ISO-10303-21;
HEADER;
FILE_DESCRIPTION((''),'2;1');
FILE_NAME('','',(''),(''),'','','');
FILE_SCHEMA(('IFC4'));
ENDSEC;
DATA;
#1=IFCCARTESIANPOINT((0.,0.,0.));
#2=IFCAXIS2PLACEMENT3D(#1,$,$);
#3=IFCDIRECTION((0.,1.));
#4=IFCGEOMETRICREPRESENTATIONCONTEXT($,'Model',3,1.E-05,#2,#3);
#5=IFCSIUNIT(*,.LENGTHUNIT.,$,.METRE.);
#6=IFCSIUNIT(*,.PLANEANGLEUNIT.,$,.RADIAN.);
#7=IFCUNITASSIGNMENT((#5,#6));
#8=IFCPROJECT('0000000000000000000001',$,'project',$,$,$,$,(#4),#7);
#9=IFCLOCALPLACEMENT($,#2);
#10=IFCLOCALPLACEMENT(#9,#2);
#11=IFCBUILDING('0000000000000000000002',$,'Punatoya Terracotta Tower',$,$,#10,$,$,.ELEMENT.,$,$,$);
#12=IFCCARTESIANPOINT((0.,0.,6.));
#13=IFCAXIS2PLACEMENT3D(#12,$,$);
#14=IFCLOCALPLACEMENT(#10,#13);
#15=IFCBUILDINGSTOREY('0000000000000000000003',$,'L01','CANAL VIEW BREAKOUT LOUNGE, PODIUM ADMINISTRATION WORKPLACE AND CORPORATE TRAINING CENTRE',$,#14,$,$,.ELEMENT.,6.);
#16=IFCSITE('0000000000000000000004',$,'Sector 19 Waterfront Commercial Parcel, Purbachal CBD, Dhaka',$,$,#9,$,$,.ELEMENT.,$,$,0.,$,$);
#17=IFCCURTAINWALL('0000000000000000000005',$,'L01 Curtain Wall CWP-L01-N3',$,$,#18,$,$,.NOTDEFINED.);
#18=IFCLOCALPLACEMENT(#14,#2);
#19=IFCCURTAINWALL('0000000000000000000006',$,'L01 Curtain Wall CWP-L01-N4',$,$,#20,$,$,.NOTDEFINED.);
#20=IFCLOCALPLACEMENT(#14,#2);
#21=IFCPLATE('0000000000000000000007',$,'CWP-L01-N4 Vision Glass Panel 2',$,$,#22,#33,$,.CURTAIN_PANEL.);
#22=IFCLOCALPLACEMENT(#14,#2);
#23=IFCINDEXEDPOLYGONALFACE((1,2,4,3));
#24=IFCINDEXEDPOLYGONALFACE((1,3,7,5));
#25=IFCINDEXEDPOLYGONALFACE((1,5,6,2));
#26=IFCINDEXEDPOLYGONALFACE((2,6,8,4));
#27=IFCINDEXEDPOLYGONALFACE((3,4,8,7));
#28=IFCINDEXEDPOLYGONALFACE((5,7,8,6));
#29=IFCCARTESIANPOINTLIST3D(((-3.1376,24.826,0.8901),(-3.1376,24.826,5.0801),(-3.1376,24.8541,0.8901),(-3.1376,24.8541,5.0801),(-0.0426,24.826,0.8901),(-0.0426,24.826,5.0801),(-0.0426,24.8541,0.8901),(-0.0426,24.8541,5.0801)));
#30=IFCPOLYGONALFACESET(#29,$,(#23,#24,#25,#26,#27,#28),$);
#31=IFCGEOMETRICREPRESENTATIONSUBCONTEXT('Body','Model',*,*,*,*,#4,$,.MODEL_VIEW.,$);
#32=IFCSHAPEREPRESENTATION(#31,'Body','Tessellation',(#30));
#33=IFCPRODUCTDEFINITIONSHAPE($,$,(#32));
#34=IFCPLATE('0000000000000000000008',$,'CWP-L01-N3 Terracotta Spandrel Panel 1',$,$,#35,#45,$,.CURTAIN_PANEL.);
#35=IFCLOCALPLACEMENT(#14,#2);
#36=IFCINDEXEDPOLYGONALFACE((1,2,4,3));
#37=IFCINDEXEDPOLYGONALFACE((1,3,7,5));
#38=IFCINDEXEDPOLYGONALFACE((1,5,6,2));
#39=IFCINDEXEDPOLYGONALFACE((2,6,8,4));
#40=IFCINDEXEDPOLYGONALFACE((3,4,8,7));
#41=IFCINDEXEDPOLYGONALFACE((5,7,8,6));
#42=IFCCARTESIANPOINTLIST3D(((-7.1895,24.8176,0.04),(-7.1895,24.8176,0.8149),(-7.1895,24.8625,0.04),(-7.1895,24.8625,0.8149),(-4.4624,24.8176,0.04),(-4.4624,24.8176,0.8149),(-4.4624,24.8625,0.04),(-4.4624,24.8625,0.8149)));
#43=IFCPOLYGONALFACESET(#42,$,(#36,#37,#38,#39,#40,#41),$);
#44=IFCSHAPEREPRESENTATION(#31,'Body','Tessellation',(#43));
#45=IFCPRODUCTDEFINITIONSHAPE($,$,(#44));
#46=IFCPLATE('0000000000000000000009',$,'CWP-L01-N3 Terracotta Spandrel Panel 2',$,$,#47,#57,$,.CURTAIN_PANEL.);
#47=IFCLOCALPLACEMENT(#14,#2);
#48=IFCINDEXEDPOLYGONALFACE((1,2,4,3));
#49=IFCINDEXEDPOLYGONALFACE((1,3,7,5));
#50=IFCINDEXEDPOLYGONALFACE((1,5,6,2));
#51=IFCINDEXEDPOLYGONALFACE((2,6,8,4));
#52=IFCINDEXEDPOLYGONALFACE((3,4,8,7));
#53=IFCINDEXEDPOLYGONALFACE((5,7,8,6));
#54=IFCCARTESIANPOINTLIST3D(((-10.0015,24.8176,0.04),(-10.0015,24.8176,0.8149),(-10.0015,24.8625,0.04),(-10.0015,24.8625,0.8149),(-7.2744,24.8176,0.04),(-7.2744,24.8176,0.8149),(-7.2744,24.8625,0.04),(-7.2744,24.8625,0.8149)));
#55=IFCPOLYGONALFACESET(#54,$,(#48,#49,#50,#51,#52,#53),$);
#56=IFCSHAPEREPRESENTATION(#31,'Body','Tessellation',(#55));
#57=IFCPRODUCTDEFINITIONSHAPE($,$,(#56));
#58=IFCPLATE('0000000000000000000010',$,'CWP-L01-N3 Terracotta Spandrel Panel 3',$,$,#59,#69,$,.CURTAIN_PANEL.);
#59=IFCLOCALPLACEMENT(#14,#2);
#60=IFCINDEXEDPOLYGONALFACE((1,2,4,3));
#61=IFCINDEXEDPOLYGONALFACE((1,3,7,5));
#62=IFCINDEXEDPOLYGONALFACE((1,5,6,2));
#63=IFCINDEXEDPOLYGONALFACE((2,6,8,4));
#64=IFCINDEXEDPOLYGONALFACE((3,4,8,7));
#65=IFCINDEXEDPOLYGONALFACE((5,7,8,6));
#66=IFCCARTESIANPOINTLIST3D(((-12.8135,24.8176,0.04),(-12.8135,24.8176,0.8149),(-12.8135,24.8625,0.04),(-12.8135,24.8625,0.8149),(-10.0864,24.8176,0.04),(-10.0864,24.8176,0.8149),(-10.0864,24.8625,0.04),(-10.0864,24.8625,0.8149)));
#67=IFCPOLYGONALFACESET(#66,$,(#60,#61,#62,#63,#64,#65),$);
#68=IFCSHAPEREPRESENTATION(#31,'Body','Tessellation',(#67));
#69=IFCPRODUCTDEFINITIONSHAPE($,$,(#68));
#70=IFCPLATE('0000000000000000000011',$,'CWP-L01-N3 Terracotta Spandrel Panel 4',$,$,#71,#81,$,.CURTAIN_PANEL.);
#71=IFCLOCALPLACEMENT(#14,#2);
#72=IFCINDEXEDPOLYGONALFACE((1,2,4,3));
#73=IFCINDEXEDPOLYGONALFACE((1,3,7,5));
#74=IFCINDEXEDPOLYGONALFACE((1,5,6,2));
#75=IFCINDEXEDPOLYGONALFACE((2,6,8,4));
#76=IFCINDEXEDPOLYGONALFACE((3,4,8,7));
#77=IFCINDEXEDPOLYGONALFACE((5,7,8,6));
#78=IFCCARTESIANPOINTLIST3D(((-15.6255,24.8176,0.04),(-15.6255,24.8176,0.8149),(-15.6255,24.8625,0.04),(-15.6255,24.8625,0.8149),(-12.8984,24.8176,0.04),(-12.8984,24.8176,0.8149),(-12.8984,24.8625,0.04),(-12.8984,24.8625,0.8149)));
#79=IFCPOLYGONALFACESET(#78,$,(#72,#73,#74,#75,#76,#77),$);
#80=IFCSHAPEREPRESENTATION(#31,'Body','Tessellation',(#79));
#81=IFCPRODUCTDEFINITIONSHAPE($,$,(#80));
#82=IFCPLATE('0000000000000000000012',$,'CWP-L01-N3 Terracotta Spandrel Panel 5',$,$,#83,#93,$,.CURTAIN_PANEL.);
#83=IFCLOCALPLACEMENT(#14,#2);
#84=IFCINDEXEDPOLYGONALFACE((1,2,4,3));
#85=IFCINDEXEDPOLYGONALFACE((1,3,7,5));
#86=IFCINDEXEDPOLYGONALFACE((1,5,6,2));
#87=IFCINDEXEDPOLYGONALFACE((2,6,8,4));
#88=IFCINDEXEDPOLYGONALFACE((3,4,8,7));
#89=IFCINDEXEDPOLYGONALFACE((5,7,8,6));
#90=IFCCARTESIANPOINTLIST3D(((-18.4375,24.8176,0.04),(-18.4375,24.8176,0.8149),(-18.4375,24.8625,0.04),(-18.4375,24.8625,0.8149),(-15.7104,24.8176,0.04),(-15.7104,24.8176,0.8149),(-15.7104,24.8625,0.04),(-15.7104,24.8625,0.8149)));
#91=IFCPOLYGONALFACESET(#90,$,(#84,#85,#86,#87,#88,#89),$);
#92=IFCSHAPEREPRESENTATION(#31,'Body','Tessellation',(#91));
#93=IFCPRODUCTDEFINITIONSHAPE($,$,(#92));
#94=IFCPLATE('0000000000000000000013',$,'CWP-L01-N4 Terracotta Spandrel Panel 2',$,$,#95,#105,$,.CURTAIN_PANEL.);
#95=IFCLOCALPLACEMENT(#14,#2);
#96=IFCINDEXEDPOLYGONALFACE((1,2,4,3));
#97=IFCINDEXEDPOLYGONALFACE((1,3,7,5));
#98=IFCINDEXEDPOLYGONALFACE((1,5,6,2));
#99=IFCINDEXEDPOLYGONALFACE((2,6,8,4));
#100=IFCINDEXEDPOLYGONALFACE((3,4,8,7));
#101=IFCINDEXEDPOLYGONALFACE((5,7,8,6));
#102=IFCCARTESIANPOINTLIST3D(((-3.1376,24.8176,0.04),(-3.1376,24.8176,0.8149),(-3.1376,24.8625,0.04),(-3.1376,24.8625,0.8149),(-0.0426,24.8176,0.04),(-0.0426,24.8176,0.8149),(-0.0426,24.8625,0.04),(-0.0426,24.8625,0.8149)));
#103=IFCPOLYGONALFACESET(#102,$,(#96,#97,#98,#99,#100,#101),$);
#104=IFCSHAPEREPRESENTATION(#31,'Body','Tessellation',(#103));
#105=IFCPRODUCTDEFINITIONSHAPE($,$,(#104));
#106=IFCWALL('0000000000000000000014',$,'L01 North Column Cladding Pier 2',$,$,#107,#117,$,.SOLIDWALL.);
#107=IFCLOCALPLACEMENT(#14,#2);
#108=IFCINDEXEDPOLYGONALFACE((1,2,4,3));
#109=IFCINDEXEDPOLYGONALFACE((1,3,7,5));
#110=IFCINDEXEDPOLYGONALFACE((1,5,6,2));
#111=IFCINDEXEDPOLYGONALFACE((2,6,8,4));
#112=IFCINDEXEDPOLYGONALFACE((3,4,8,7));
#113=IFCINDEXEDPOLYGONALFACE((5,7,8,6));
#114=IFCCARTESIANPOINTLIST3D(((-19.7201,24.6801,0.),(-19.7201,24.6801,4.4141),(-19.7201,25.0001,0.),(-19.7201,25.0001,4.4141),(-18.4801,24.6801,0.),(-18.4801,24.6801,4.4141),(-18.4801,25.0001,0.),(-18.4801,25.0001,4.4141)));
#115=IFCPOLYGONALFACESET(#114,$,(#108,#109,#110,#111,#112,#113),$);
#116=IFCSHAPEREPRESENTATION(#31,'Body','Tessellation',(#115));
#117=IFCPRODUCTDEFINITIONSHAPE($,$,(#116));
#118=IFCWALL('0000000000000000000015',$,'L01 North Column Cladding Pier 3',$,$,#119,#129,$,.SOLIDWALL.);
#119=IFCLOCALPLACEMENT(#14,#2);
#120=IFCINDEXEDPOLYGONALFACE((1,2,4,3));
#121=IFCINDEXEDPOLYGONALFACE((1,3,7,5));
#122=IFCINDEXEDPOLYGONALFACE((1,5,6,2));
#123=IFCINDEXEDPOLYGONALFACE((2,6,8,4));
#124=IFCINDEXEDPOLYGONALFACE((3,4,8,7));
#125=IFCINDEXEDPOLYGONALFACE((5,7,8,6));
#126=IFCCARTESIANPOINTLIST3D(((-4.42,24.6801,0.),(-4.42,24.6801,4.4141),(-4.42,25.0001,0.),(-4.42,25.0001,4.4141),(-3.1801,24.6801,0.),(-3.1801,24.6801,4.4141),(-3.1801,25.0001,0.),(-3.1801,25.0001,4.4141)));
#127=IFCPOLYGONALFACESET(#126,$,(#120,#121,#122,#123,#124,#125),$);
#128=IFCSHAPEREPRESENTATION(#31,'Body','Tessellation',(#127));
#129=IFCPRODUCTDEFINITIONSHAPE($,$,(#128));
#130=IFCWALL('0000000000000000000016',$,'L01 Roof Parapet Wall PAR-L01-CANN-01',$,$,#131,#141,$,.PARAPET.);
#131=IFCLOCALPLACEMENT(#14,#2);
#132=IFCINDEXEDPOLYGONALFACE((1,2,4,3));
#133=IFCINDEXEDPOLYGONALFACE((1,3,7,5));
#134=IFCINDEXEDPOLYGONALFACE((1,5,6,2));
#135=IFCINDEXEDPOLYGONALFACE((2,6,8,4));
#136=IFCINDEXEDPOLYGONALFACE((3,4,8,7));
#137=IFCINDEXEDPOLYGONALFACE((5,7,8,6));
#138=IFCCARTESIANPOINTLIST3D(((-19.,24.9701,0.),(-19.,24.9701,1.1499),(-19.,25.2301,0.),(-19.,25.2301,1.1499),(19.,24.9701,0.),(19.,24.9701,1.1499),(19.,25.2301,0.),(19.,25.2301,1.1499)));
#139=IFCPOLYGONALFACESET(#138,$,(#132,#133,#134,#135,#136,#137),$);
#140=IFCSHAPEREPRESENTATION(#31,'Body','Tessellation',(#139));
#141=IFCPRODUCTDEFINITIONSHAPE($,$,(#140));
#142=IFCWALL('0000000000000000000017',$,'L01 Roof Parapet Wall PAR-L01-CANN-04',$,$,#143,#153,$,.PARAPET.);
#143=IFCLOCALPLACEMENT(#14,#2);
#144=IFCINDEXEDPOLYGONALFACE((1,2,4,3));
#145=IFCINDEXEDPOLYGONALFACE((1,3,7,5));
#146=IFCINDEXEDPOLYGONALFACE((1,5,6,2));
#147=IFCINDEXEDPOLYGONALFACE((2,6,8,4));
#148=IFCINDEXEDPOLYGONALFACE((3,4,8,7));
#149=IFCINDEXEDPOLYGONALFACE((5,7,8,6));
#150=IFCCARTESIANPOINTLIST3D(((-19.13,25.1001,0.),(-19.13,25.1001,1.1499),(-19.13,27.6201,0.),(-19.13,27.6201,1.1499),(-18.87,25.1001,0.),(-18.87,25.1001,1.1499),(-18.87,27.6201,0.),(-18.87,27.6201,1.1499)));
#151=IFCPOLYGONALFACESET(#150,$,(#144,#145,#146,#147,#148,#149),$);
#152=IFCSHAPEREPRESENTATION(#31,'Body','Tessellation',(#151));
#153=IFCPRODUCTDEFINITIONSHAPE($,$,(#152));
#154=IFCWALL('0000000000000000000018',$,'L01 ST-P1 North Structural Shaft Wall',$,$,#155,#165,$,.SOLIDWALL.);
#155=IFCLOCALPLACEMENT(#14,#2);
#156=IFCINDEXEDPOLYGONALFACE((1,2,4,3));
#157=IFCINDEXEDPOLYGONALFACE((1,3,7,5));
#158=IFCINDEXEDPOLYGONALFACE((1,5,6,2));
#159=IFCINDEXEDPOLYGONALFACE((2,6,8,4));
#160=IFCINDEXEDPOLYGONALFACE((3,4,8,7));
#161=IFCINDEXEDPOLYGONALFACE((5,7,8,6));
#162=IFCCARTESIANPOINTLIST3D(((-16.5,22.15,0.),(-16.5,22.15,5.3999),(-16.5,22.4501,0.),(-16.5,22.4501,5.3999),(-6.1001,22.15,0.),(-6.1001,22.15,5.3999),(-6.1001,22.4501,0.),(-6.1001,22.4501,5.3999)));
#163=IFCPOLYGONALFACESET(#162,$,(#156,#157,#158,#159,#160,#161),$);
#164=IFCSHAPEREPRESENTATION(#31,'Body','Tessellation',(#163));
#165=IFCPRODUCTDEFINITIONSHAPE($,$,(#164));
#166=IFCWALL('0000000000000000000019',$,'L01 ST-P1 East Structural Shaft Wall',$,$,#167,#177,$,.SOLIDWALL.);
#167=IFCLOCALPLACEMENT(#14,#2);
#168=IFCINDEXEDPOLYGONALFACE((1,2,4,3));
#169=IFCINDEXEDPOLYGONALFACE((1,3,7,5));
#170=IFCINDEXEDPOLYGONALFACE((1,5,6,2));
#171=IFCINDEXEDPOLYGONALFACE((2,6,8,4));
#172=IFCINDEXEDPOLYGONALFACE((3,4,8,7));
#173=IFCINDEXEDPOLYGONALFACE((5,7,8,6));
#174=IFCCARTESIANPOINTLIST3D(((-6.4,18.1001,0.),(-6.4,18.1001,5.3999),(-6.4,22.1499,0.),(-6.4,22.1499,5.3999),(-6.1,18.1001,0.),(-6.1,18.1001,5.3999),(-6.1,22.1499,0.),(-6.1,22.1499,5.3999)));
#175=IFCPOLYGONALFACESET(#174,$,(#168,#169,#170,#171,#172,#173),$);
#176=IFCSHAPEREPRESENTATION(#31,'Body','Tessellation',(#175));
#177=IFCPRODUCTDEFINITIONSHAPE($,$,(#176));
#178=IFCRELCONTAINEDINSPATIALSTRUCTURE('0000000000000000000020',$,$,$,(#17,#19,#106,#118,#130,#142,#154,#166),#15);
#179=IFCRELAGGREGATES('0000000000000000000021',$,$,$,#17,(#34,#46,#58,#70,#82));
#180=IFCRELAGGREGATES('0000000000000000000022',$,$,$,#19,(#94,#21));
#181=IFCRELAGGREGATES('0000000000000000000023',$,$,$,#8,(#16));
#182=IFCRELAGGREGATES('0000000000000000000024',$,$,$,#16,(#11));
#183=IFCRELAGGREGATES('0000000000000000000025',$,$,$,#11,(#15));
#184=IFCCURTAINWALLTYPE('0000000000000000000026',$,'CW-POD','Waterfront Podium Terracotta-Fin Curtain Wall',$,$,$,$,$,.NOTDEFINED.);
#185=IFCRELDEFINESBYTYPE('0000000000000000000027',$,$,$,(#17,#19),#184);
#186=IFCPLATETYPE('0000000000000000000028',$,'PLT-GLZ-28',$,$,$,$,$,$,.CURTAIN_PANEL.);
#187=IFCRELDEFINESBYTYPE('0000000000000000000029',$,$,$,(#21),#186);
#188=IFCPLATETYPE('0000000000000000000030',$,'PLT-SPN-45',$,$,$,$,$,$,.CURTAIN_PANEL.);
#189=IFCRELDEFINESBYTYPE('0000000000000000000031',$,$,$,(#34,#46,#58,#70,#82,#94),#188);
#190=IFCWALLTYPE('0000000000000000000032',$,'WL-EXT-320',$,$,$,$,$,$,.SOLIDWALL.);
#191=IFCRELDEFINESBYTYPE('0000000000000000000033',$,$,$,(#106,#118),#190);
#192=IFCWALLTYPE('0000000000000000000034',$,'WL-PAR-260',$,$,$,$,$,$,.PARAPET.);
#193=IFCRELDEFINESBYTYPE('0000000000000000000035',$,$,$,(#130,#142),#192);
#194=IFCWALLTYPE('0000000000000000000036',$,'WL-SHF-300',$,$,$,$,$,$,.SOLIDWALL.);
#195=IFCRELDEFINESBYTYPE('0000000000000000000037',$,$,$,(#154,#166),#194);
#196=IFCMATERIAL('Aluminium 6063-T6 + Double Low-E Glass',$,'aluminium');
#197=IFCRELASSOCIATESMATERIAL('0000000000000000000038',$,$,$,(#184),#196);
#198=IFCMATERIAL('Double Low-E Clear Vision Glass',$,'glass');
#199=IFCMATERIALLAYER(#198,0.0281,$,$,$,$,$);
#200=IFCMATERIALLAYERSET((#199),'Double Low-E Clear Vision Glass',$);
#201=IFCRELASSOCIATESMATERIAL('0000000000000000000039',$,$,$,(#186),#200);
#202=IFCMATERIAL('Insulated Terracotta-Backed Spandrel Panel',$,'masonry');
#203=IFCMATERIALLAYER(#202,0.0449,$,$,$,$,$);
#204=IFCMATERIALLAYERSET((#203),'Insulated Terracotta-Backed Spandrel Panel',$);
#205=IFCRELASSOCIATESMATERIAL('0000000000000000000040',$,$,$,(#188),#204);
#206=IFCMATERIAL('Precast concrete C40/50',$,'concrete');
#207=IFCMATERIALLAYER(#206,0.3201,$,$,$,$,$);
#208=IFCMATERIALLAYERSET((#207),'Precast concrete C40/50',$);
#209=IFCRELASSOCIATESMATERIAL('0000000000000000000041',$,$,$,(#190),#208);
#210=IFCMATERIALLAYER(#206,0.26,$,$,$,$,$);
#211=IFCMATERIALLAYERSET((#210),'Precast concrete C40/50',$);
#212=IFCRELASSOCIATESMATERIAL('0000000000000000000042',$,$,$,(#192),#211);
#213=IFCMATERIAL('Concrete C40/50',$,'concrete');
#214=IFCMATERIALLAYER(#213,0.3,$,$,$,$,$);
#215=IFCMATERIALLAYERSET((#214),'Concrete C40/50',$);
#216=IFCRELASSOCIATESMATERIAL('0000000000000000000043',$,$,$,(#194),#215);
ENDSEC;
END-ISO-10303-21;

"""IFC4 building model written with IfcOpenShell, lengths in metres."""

from ifc_helpers import new_model, si_unit, direction, frame, frame_2d, origin, origin_2d, place, context, subcontext, project, spatial, rectangle, extrude, material, layer, layer_set, type_object, element, aggregate, save


model = new_model("IFC4")

# Units and contexts
model_context = context("Model", 3, precision=1e-05, world=origin(), true_north=direction((0.0, 1.0)))
body_context = subcontext(model_context, "Body", "Model", "MODEL_VIEW")
ifc_project = project(units=[si_unit("LENGTHUNIT", "METRE"), si_unit("PLANEANGLEUNIT", "RADIAN")], contexts=[model_context])

# Site, building, storey
site_placement = place(None, origin())
site = spatial("IfcSite", under=ifc_project, at=site_placement, Name="Sector 19 Waterfront Commercial Parcel, Purbachal CBD, Dhaka", CompositionType="ELEMENT", RefElevation=0.0)
building_placement = place(site_placement, origin())
building = spatial("IfcBuilding", under=site, at=building_placement, Name="Punatoya Terracotta Tower", CompositionType="ELEMENT")
storey_placement = place(building_placement, frame((0.0, 0.0, 6.0)))
storey = spatial("IfcBuildingStorey", under=building, at=storey_placement, Name="L01", Description="CANAL VIEW BREAKOUT LOUNGE, PODIUM ADMINISTRATION WORKPLACE AND CORPORATE TRAINING CENTRE", CompositionType="ELEMENT", Elevation=6.0)

# Curtain wall
ifc_material_1 = material(Name="Aluminium 6063-T6 + Double Low-E Glass", Category="aluminium")
curtain_wall_type = type_object("IfcCurtainWallType", Name="CW-POD", Description="Waterfront Podium Terracotta-Fin Curtain Wall", PredefinedType="NOTDEFINED", material=ifc_material_1)
curtain_wall_1_placement = place(storey_placement, origin())
curtain_wall_1 = element("IfcCurtainWall", 1, at=curtain_wall_1_placement, inside=storey, type_object=curtain_wall_type, Name="L01 Curtain Wall CWP-L01-N3", PredefinedType="NOTDEFINED")

# Curtain wall
curtain_wall_2_placement = place(storey_placement, origin())
curtain_wall_2 = element("IfcCurtainWall", 2, at=curtain_wall_2_placement, inside=storey, type_object=curtain_wall_type, Name="L01 Curtain Wall CWP-L01-N4", PredefinedType="NOTDEFINED")

# Plates
ifc_material_2 = material(Name="Double Low-E Clear Vision Glass", Category="glass")
ifc_layer_1 = layer(ifc_material_2, 0.0281)
ifc_layer_set_1 = layer_set([ifc_layer_1], Name="Double Low-E Clear Vision Glass")
plate_type_1 = type_object("IfcPlateType", Name="PLT-GLZ-28", PredefinedType="CURTAIN_PANEL", material=ifc_layer_set_1)
plate_1_placement = place(storey_placement, frame((-1.5901, 24.8401, 0.8901), z_axis=(0.0, 0.0, 1.0), x_axis=(-1.0, 0.0, 0.0)))
plate_1 = element("IfcPlate", 3, at=plate_1_placement, type_object=plate_type_1, Name="CWP-L01-N4 Vision Glass Panel 2", PredefinedType="CURTAIN_PANEL", context=body_context, shape_type="SweptSolid", body=[
    extrude(rectangle(XDim=3.095, YDim=0.0281, at=origin_2d()), origin(), (0.0, 0.0, 1.0), 4.1899),
])
ifc_material_3 = material(Name="Insulated Terracotta-Backed Spandrel Panel", Category="masonry")
ifc_layer_2 = layer(ifc_material_3, 0.0449)
ifc_layer_set_2 = layer_set([ifc_layer_2], Name="Insulated Terracotta-Backed Spandrel Panel")
plate_type_2 = type_object("IfcPlateType", Name="PLT-SPN-45", PredefinedType="CURTAIN_PANEL", material=ifc_layer_set_2)
plate_2_placement = place(storey_placement, frame((-5.8259, 24.8401, 0.04), z_axis=(0.0, 0.0, 1.0), x_axis=(-1.0, 0.0, 0.0)))
plate_2 = element("IfcPlate", 4, at=plate_2_placement, type_object=plate_type_2, Name="CWP-L01-N3 Terracotta Spandrel Panel 1", PredefinedType="CURTAIN_PANEL", context=body_context, shape_type="SweptSolid", body=[
    extrude(rectangle(XDim=2.7271, YDim=0.0449, at=origin_2d()), origin(), (0.0, 0.0, 1.0), 0.7749),
])
plate_3_placement = place(storey_placement, frame((-8.6379, 24.8401, 0.04), z_axis=(0.0, 0.0, 1.0), x_axis=(-1.0, 0.0, 0.0)))
plate_3 = element("IfcPlate", 5, at=plate_3_placement, type_object=plate_type_2, Name="CWP-L01-N3 Terracotta Spandrel Panel 2", PredefinedType="CURTAIN_PANEL", context=body_context, shape_type="SweptSolid", body=[
    extrude(rectangle(XDim=2.7271, YDim=0.0449, at=origin_2d()), origin(), (0.0, 0.0, 1.0), 0.7749),
])
plate_4_placement = place(storey_placement, frame((-11.45, 24.8401, 0.04), z_axis=(0.0, 0.0, 1.0), x_axis=(-1.0, 0.0, 0.0)))
plate_4 = element("IfcPlate", 6, at=plate_4_placement, type_object=plate_type_2, Name="CWP-L01-N3 Terracotta Spandrel Panel 3", PredefinedType="CURTAIN_PANEL", context=body_context, shape_type="SweptSolid", body=[
    extrude(rectangle(XDim=2.7271, YDim=0.0449, at=origin_2d()), origin(), (0.0, 0.0, 1.0), 0.7749),
])
plate_5_placement = place(storey_placement, frame((-14.262, 24.8401, 0.04), z_axis=(0.0, 0.0, 1.0), x_axis=(-1.0, 0.0, 0.0)))
plate_5 = element("IfcPlate", 7, at=plate_5_placement, type_object=plate_type_2, Name="CWP-L01-N3 Terracotta Spandrel Panel 4", PredefinedType="CURTAIN_PANEL", context=body_context, shape_type="SweptSolid", body=[
    extrude(rectangle(XDim=2.7271, YDim=0.0449, at=origin_2d()), origin(), (0.0, 0.0, 1.0), 0.7749),
])
plate_6_placement = place(storey_placement, frame((-17.074, 24.8401, 0.04), z_axis=(0.0, 0.0, 1.0), x_axis=(-1.0, 0.0, 0.0)))
plate_6 = element("IfcPlate", 8, at=plate_6_placement, type_object=plate_type_2, Name="CWP-L01-N3 Terracotta Spandrel Panel 5", PredefinedType="CURTAIN_PANEL", context=body_context, shape_type="SweptSolid", body=[
    extrude(rectangle(XDim=2.7271, YDim=0.0449, at=origin_2d()), origin(), (0.0, 0.0, 1.0), 0.7749),
])
aggregate(curtain_wall_1, [plate_2, plate_3, plate_4, plate_5, plate_6])
plate_7_placement = place(storey_placement, frame((-1.5901, 24.8401, 0.04), z_axis=(0.0, 0.0, 1.0), x_axis=(-1.0, 0.0, 0.0)))
plate_7 = element("IfcPlate", 9, at=plate_7_placement, type_object=plate_type_2, Name="CWP-L01-N4 Terracotta Spandrel Panel 2", PredefinedType="CURTAIN_PANEL", context=body_context, shape_type="SweptSolid", body=[
    extrude(rectangle(XDim=3.095, YDim=0.0449, at=origin_2d()), origin(), (0.0, 0.0, 1.0), 0.7749),
])
aggregate(curtain_wall_2, [plate_7, plate_1])

# Walls
ifc_material_4 = material(Name="Precast concrete C40/50", Category="concrete")
ifc_layer_3 = layer(ifc_material_4, 0.3201)
ifc_layer_set_3 = layer_set([ifc_layer_3], Name="Precast concrete C40/50")
wall_type_1 = type_object("IfcWallType", Name="WL-EXT-320", PredefinedType="SOLIDWALL", material=ifc_layer_set_3)
for number, where, z_axis, x_axis, name in (
    (10, (-18.48, 24.8401, 0.0), (0.0, 0.0, 1.0), (-1.0, 0.0, 0.0), "L01 North Column Cladding Pier 2"),
    (11, (-3.1799, 24.8401, 0.0), (0.0, 0.0, 1.0), (-1.0, 0.0, 0.0), "L01 North Column Cladding Pier 3"),
):
    element("IfcWall", number, at=place(storey_placement, frame(where, z_axis=z_axis, x_axis=x_axis)), inside=storey, type_object=wall_type_1, Name=name, PredefinedType="SOLIDWALL", context=body_context, shape_type="SweptSolid", body=[
        extrude(rectangle(XDim=1.24, YDim=0.3201, at=frame_2d((0.6201, 0.0))), origin(), (0.0, 0.0, 1.0), 4.4141),
    ])
ifc_layer_4 = layer(ifc_material_4, 0.26)
ifc_layer_set_4 = layer_set([ifc_layer_4], Name="Precast concrete C40/50")
wall_type_2 = type_object("IfcWallType", Name="WL-PAR-260", PredefinedType="PARAPET", material=ifc_layer_set_4)
wall_1_placement = place(storey_placement, frame((-19.0, 25.1001, 0.0), z_axis=(0.0, 0.0, 1.0), x_axis=(1.0, 0.0, 0.0)))
element("IfcWall", 12, at=wall_1_placement, inside=storey, type_object=wall_type_2, Name="L01 Roof Parapet Wall PAR-L01-CANN-01", PredefinedType="PARAPET", context=body_context, shape_type="SweptSolid", body=[
    extrude(rectangle(XDim=38.0, YDim=0.26, at=frame_2d((19.0, 0.0))), origin(), (0.0, 0.0, 1.0), 1.1499),
])
wall_2_placement = place(storey_placement, frame((-19.0, 27.6201, 0.0), z_axis=(0.0, 0.0, 1.0), x_axis=(0.0, -1.0, 0.0)))
element("IfcWall", 13, at=wall_2_placement, inside=storey, type_object=wall_type_2, Name="L01 Roof Parapet Wall PAR-L01-CANN-04", PredefinedType="PARAPET", context=body_context, shape_type="SweptSolid", body=[
    extrude(rectangle(XDim=2.52, YDim=0.26, at=frame_2d((1.26, 0.0))), origin(), (0.0, 0.0, 1.0), 1.1499),
])
ifc_material_5 = material(Name="Concrete C40/50", Category="concrete")
ifc_layer_5 = layer(ifc_material_5, 0.3)
ifc_layer_set_5 = layer_set([ifc_layer_5], Name="Concrete C40/50")
wall_type_3 = type_object("IfcWallType", Name="WL-SHF-300", PredefinedType="SOLIDWALL", material=ifc_layer_set_5)
wall_3_placement = place(storey_placement, frame((-6.1001, 22.3, 0.0), z_axis=(0.0, 0.0, 1.0), x_axis=(-1.0, 0.0, 0.0)))
element("IfcWall", 14, at=wall_3_placement, inside=storey, type_object=wall_type_3, Name="L01 ST-P1 North Structural Shaft Wall", PredefinedType="SOLIDWALL", context=body_context, shape_type="SweptSolid", body=[
    extrude(rectangle(XDim=10.3999, YDim=0.3, at=frame_2d((5.2, 0.0))), origin(), (0.0, 0.0, 1.0), 5.3999),
])
wall_4_placement = place(storey_placement, frame((-6.25, 22.1499, 0.0), z_axis=(0.0, 0.0, 1.0), x_axis=(0.0, -1.0, 0.0)))
element("IfcWall", 15, at=wall_4_placement, inside=storey, type_object=wall_type_3, Name="L01 ST-P1 East Structural Shaft Wall", PredefinedType="SOLIDWALL", context=body_context, shape_type="SweptSolid", body=[
    extrude(rectangle(XDim=4.0498, YDim=0.3, at=frame_2d((2.0249, 0.0))), origin(), (0.0, 0.0, 1.0), 5.3999),
])

save(model, "model.ifc")
